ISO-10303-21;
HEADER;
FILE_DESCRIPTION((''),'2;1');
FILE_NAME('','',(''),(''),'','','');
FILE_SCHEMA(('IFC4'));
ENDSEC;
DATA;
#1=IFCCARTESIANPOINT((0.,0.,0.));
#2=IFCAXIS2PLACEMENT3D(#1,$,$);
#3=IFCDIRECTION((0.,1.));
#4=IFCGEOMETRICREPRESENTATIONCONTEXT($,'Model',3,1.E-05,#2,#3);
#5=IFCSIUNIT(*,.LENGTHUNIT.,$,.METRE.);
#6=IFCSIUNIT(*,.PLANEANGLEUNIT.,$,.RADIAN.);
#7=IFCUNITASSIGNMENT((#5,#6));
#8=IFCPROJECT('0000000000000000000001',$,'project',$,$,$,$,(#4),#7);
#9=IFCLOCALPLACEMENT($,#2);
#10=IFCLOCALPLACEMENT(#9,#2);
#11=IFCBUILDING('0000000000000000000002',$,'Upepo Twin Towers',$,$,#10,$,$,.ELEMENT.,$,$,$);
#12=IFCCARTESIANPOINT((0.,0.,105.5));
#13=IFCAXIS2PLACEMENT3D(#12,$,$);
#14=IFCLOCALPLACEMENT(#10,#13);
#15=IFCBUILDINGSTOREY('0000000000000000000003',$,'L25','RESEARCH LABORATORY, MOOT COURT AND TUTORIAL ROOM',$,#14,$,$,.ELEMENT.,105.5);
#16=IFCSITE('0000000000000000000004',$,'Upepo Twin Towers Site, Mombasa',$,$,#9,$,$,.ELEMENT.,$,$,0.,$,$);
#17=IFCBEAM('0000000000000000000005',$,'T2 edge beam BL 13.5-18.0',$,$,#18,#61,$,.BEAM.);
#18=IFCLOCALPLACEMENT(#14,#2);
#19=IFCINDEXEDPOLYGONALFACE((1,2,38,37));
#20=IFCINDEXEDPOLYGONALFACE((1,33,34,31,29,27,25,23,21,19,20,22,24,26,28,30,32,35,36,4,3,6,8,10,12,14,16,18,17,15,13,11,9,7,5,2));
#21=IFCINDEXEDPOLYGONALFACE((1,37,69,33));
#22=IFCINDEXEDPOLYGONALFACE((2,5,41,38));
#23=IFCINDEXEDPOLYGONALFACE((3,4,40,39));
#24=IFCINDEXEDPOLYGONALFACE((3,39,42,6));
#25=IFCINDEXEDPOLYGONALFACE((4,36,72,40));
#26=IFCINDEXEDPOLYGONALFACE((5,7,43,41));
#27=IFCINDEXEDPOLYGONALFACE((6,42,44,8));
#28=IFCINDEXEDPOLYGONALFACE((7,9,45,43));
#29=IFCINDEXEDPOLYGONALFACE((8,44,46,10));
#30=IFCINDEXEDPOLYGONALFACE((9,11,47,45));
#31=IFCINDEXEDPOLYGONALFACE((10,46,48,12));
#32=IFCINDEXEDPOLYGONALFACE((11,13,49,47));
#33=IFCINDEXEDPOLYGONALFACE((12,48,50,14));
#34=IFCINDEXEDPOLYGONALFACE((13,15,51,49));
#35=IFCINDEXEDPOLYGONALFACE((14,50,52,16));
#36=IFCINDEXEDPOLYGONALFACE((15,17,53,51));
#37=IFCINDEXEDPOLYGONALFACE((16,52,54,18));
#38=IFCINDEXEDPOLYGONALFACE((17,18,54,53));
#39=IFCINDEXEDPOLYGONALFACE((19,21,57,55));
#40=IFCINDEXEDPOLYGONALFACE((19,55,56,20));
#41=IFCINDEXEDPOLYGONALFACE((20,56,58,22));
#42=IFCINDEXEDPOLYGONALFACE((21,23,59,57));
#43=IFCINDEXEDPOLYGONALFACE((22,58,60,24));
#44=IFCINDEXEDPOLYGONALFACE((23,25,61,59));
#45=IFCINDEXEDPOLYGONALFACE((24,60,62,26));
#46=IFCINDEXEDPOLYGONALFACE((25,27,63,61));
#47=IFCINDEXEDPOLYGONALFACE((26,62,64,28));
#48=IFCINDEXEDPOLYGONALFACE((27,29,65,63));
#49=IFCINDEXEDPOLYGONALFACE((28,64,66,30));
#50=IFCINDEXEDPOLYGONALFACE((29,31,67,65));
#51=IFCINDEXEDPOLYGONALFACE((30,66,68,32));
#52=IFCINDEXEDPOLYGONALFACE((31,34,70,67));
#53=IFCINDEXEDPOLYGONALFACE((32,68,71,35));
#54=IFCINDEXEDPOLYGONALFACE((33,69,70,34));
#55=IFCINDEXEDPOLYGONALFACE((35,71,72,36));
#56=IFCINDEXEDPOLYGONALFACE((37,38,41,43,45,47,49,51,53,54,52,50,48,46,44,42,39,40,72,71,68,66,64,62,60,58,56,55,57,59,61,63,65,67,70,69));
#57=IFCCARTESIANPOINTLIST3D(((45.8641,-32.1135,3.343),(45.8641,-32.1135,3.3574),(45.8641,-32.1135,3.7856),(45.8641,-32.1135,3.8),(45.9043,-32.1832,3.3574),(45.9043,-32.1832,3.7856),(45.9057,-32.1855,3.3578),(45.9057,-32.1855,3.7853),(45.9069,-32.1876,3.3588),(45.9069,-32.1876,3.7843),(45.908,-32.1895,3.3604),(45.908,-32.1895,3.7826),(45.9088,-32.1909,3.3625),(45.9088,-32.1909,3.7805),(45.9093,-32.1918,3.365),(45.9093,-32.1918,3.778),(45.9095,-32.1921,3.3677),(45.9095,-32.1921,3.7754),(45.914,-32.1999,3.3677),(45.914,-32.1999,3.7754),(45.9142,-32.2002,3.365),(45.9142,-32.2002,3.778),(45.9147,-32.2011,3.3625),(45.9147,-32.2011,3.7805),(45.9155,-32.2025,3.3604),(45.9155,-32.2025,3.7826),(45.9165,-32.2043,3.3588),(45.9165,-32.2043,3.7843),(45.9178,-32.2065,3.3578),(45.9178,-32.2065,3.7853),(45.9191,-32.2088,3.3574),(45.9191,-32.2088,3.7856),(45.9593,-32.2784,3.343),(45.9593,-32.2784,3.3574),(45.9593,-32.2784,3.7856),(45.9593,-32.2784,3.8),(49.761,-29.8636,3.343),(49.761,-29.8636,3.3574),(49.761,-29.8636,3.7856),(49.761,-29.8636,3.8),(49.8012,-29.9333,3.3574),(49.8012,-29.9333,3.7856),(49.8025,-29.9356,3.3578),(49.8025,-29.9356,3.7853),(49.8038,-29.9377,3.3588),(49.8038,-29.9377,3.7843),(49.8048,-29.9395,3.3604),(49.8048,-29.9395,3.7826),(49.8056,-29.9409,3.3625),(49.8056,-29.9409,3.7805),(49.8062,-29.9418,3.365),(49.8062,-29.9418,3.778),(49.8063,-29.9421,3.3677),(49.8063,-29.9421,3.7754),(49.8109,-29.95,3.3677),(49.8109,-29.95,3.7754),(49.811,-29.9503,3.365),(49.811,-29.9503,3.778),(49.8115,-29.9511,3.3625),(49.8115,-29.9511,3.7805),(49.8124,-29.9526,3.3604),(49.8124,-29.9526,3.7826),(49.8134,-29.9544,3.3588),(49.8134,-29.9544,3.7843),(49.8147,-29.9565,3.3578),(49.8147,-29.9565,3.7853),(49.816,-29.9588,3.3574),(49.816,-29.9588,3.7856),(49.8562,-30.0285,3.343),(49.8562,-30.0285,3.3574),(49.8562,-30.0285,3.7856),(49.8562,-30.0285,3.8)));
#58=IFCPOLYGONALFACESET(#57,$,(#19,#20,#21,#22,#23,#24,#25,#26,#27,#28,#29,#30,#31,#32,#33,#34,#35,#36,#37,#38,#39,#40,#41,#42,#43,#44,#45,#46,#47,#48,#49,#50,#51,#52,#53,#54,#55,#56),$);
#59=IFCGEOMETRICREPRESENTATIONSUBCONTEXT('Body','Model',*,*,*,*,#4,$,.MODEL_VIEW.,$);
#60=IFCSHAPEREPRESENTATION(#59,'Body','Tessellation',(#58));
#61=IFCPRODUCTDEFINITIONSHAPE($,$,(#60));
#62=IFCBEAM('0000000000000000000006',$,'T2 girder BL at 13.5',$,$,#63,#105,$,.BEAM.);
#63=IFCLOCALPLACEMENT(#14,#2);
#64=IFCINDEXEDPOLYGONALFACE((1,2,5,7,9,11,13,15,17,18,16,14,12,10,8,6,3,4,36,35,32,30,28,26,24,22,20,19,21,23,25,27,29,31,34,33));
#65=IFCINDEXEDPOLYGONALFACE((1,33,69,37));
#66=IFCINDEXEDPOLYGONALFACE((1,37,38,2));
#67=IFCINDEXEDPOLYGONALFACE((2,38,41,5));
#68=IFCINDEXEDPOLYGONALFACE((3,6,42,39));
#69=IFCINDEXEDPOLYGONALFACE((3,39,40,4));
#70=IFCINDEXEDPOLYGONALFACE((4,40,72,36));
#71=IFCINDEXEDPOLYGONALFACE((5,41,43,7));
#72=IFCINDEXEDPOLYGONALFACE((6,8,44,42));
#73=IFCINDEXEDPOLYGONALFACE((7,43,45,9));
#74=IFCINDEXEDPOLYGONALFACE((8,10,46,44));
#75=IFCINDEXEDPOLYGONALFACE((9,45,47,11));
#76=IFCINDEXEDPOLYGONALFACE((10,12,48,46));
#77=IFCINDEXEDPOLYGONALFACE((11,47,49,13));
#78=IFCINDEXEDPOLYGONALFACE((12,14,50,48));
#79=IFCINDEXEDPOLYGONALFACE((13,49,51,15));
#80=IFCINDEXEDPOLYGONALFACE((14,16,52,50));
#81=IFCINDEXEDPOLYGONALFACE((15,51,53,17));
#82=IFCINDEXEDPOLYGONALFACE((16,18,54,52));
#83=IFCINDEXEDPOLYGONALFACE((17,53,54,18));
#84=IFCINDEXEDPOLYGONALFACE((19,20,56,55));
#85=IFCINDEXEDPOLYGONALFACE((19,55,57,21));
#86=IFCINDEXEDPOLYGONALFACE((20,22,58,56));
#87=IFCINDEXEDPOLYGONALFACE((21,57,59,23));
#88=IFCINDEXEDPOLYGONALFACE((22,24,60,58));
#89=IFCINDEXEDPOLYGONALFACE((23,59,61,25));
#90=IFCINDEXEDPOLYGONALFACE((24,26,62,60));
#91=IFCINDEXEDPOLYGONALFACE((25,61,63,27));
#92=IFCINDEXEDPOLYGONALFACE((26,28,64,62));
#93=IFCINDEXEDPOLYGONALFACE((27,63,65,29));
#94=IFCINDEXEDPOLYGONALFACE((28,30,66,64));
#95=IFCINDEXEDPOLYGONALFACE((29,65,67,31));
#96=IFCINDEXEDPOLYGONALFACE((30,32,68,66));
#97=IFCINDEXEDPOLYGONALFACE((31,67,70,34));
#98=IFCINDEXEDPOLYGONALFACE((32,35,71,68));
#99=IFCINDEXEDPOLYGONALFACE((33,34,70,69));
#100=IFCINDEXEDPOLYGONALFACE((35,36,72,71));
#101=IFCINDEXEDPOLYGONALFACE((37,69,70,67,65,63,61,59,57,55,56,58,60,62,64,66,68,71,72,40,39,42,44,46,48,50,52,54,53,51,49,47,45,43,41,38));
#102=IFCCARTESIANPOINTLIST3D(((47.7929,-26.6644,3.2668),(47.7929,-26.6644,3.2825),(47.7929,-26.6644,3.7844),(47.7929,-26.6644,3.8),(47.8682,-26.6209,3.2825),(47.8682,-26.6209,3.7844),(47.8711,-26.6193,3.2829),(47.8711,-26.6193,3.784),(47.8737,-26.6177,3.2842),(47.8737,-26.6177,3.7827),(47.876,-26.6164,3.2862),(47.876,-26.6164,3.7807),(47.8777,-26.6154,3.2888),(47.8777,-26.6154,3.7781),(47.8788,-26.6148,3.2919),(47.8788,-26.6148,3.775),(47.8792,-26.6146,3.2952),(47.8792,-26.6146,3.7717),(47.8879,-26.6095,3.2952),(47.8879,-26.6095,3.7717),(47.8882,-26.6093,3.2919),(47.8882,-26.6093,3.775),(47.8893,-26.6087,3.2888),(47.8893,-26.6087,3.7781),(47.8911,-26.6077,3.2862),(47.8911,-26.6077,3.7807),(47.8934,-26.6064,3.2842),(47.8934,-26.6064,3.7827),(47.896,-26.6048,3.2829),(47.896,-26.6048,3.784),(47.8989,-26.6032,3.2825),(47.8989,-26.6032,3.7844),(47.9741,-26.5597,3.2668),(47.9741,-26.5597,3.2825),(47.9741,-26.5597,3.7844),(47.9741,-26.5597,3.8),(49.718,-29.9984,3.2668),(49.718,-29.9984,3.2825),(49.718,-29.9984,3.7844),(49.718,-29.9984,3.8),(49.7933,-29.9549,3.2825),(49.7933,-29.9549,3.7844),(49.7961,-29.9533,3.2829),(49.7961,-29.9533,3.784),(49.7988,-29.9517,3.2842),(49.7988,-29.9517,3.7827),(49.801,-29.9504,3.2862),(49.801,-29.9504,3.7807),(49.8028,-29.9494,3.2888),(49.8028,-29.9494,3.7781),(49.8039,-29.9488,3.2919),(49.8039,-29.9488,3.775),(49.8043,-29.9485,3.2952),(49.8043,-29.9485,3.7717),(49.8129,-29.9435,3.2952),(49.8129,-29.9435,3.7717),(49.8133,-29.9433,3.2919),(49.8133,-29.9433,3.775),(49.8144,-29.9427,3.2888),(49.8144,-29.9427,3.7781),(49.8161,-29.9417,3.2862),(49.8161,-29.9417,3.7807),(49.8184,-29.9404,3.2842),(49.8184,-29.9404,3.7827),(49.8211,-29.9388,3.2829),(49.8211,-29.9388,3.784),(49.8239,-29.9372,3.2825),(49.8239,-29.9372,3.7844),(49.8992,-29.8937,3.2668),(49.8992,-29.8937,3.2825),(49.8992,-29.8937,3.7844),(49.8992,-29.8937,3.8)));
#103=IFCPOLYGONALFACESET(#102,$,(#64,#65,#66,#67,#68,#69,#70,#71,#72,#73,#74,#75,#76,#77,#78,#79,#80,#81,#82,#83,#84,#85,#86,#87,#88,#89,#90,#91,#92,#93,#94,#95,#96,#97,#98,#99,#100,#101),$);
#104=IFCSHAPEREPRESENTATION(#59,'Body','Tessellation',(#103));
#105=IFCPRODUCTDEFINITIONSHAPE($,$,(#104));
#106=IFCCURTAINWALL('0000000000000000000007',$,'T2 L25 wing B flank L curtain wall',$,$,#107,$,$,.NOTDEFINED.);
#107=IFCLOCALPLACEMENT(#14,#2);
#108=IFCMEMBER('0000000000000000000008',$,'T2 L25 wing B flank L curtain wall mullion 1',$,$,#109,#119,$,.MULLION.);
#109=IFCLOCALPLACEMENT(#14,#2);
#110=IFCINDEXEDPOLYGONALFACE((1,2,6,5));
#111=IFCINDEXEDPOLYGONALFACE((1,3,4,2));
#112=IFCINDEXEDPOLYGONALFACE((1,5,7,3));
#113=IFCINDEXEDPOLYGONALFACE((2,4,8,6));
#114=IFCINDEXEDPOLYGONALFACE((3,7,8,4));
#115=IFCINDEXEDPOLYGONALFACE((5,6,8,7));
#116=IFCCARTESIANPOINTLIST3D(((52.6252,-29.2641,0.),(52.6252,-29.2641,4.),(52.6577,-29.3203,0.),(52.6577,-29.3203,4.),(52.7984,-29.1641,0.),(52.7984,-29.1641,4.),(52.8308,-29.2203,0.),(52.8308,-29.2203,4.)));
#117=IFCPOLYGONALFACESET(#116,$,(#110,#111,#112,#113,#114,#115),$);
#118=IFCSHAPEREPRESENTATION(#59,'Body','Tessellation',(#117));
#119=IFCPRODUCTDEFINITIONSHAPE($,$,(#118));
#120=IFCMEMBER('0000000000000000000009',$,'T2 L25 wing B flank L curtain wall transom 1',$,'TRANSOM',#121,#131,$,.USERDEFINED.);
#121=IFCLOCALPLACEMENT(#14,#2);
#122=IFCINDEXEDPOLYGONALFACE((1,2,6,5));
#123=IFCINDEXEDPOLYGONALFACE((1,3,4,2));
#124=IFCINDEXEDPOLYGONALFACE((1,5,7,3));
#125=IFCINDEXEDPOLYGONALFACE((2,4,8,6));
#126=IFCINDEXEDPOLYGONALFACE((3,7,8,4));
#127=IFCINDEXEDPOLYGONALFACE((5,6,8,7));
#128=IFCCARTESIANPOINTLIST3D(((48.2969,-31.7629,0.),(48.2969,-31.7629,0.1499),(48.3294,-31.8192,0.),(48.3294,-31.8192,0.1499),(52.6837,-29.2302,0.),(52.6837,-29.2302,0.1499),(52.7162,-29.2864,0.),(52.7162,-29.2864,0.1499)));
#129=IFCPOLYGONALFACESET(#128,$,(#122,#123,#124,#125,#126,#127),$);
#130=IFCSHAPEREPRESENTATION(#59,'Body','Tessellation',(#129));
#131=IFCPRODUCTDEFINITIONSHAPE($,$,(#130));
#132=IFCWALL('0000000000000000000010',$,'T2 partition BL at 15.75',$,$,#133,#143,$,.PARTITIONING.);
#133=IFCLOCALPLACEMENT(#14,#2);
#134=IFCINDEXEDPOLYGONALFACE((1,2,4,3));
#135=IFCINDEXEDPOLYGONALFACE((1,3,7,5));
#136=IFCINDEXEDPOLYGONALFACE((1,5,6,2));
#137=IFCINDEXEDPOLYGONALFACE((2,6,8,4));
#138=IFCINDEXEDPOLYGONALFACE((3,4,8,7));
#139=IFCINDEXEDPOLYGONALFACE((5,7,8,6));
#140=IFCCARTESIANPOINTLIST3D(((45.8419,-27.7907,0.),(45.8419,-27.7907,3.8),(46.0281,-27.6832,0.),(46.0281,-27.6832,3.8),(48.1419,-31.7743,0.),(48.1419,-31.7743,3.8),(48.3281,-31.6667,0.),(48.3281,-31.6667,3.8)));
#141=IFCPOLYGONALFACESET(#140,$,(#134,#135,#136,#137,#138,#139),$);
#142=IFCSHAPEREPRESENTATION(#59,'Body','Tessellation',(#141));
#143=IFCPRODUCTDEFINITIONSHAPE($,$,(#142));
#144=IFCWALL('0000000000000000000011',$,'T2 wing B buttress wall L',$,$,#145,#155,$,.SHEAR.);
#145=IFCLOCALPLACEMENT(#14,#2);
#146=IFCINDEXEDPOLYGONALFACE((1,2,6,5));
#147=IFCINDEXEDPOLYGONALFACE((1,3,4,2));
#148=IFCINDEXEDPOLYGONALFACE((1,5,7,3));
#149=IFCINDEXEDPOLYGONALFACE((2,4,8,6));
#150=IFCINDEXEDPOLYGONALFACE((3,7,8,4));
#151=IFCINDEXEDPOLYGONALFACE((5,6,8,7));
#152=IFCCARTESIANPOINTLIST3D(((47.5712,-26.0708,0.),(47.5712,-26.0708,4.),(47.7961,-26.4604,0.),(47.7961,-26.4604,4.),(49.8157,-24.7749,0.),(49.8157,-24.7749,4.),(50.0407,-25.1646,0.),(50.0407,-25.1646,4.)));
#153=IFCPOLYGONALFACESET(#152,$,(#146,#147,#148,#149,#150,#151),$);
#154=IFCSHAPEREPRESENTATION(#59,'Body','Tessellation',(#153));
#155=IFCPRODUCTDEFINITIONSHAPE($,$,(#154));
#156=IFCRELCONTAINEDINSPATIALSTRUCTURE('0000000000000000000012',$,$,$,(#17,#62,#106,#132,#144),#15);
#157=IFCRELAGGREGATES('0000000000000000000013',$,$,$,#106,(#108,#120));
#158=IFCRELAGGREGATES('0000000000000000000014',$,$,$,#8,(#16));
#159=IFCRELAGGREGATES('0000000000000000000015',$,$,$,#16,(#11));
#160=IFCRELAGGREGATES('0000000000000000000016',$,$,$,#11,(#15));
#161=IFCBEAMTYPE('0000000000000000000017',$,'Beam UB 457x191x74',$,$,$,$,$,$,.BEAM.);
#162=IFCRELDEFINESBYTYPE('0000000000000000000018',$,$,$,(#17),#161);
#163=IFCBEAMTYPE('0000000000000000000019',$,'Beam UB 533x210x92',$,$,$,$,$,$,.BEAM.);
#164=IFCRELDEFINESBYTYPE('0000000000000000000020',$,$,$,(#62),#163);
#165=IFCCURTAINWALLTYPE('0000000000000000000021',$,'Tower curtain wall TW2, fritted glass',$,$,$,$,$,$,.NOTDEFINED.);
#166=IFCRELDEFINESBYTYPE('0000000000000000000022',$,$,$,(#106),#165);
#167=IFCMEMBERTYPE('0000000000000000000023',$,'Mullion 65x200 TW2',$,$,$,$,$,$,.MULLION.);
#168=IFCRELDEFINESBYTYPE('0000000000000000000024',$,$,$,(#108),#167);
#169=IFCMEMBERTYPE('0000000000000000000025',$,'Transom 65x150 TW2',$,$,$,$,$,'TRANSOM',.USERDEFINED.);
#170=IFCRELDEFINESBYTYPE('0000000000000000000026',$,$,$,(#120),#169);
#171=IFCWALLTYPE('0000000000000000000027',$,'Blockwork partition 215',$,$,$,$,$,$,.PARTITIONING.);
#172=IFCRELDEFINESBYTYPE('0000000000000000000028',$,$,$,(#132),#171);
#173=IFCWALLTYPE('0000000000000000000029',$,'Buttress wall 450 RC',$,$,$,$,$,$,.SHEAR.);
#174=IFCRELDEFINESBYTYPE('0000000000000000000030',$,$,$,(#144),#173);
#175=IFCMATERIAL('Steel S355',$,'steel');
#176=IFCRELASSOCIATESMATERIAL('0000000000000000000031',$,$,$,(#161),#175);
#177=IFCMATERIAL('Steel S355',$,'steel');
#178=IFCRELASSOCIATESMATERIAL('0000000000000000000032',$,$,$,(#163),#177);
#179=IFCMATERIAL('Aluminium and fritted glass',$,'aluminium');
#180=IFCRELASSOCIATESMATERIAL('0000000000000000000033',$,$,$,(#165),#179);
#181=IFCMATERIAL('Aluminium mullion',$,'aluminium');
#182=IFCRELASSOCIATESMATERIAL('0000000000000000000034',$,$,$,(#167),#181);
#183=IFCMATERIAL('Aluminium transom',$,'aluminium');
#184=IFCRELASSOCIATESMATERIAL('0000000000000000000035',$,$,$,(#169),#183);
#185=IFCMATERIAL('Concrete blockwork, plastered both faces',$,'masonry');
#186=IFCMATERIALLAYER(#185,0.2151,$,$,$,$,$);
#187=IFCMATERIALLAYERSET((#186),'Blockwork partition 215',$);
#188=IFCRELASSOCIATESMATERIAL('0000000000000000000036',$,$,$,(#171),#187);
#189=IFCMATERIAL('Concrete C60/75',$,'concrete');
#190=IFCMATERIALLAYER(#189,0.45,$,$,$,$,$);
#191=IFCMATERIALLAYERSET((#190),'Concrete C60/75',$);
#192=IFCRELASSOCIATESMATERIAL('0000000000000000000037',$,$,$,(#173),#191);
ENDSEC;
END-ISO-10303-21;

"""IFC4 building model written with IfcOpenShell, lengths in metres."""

from ifc_helpers import new_model, si_unit, direction, frame, frame_2d, origin, origin_2d, place, context, subcontext, project, spatial, rectangle, i_section, extrude, material, layer, layer_set, material_profile, profile_set, type_object, element, aggregate, save


model = new_model("IFC4")

# Units and contexts
model_context = context("Model", 3, precision=1e-05, world=origin(), true_north=direction((0.0, 1.0)))
body_context = subcontext(model_context, "Body", "Model", "MODEL_VIEW")
ifc_project = project(units=[si_unit("LENGTHUNIT", "METRE"), si_unit("PLANEANGLEUNIT", "RADIAN")], contexts=[model_context])

# Site, building, storey
site_placement = place(None, origin())
site = spatial("IfcSite", under=ifc_project, at=site_placement, Name="Upepo Twin Towers Site, Mombasa", CompositionType="ELEMENT", RefElevation=0.0)
building_placement = place(site_placement, origin())
building = spatial("IfcBuilding", under=site, at=building_placement, Name="Upepo Twin Towers", CompositionType="ELEMENT")
storey_placement = place(building_placement, frame((0.0, 0.0, 105.5)))
storey = spatial("IfcBuildingStorey", under=building, at=storey_placement, Name="L25", Description="RESEARCH LABORATORY, MOOT COURT AND TUTORIAL ROOM", CompositionType="ELEMENT", Elevation=105.5)

# Beams
ifc_material_1 = material(Name="Steel S355", Category="steel")
ifc_material_profile_1 = material_profile(ifc_material_1, i_section(OverallWidth=0.1904, OverallDepth=0.457, WebThickness=0.009, FlangeThickness=0.0144, FilletRadius=0.0103, at=origin_2d()), Name="UB 457x191x74")
ifc_profile_set_1 = profile_set([ifc_material_profile_1], Name="Steel S355")
beam_type_1 = type_object("IfcBeamType", Name="Beam UB 457x191x74", PredefinedType="BEAM", material=ifc_profile_set_1)
beam_1_placement = place(storey_placement, frame((49.8086, -29.946, 3.5715), z_axis=(-0.866018, -0.500014, 0.0), x_axis=(0.500014, -0.866018, 0.0)))
element("IfcBeam", 1, at=beam_1_placement, inside=storey, type_object=beam_type_1, Name="T2 edge beam BL 13.5-18.0", PredefinedType="BEAM", context=body_context, shape_type="SweptSolid", body=[
    extrude(i_section(OverallWidth=0.1904, OverallDepth=0.457, WebThickness=0.009, FlangeThickness=0.0144, FilletRadius=0.0103, at=origin_2d()), origin(), (0.0, 0.0, 1.0), 4.4998),
])
ifc_material_2 = material(Name="Steel S355", Category="steel")
ifc_material_profile_2 = material_profile(ifc_material_2, i_section(OverallWidth=0.2092, OverallDepth=0.5332, WebThickness=0.01, FlangeThickness=0.0156, FilletRadius=0.0127, at=origin_2d()), Name="UB 533x210x92")
ifc_profile_set_2 = profile_set([ifc_material_profile_2], Name="Steel S355")
beam_type_2 = type_object("IfcBeamType", Name="Beam UB 533x210x92", PredefinedType="BEAM", material=ifc_profile_set_2)
beam_2_placement = place(storey_placement, frame((49.8086, -29.946, 3.5334), z_axis=(-0.500034, 0.866006, 0.0), x_axis=(-0.866006, -0.500034, 0.0)))
element("IfcBeam", 2, at=beam_2_placement, inside=storey, type_object=beam_type_2, Name="T2 girder BL at 13.5", PredefinedType="BEAM", context=body_context, shape_type="SweptSolid", body=[
    extrude(i_section(OverallWidth=0.2092, OverallDepth=0.5332, WebThickness=0.01, FlangeThickness=0.0156, FilletRadius=0.0127, at=origin_2d()), origin(), (0.0, 0.0, 1.0), 3.8499),
])

# Curtain wall, members
ifc_material_3 = material(Name="Aluminium and fritted glass", Category="aluminium")
curtain_wall_type = type_object("IfcCurtainWallType", Name="Tower curtain wall TW2, fritted glass", PredefinedType="NOTDEFINED", material=ifc_material_3)
curtain_wall_placement = place(storey_placement, origin())
curtain_wall = element("IfcCurtainWall", 3, at=curtain_wall_placement, inside=storey, type_object=curtain_wall_type, Name="T2 L25 wing B flank L curtain wall", PredefinedType="NOTDEFINED")
ifc_material_4 = material(Name="Aluminium mullion", Category="aluminium")
ifc_material_profile_3 = material_profile(ifc_material_4, rectangle(XDim=0.0649, YDim=0.2, at=origin_2d()), Name="MULLION 65x200")
ifc_profile_set_3 = profile_set([ifc_material_profile_3], Name="Aluminium mullion")
member_type_1 = type_object("IfcMemberType", Name="Mullion 65x200 TW2", PredefinedType="MULLION", material=ifc_profile_set_3)
member_1_placement = place(storey_placement, frame((52.728, -29.2422, 0.0), z_axis=(0.0, 0.0, 1.0), x_axis=(0.5, -0.866025, 0.0)))
member_1 = element("IfcMember", 4, at=member_1_placement, type_object=member_type_1, Name="T2 L25 wing B flank L curtain wall mullion 1", PredefinedType="MULLION", context=body_context, shape_type="SweptSolid", body=[
    extrude(rectangle(XDim=0.0649, YDim=0.2, at=origin_2d()), origin(), (0.0, 0.0, 1.0), 4.0),
])
ifc_material_5 = material(Name="Aluminium transom", Category="aluminium")
ifc_material_profile_4 = material_profile(ifc_material_5, rectangle(XDim=0.0649, YDim=0.1499, at=origin_2d()), Name="TRANSOM 65x150")
ifc_profile_set_4 = profile_set([ifc_material_profile_4], Name="Aluminium transom")
member_type_2 = type_object("IfcMemberType", Name="Transom 65x150 TW2", ElementType="TRANSOM", PredefinedType="USERDEFINED", material=ifc_profile_set_4)
member_2_placement = place(storey_placement, frame((52.7, -29.2583, 0.075), z_axis=(-0.866022, -0.500006, 0.0), x_axis=(0.500006, -0.866022, 0.0)))
member_2 = element("IfcMember", 5, at=member_2_placement, type_object=member_type_2, Name="T2 L25 wing B flank L curtain wall transom 1", ObjectType="TRANSOM", PredefinedType="USERDEFINED", context=body_context, shape_type="SweptSolid", body=[
    extrude(rectangle(XDim=0.0649, YDim=0.1499, at=origin_2d()), origin(), (0.0, 0.0, 1.0), 5.0654),
])
aggregate(curtain_wall, [member_1, member_2])

# Walls
ifc_material_6 = material(Name="Concrete blockwork, plastered both faces", Category="masonry")
ifc_layer_1 = layer(ifc_material_6, 0.2151)
ifc_layer_set_1 = layer_set([ifc_layer_1], Name="Blockwork partition 215")
wall_type_1 = type_object("IfcWallType", Name="Blockwork partition 215", PredefinedType="PARTITIONING", material=ifc_layer_set_1)
wall_1_placement = place(storey_placement, frame((45.9351, -27.7371, 0.0), z_axis=(0.0, 0.0, 1.0), x_axis=(0.500015, -0.866017, 0.0)))
element("IfcWall", 6, at=wall_1_placement, inside=storey, type_object=wall_type_1, Name="T2 partition BL at 15.75", PredefinedType="PARTITIONING", context=body_context, shape_type="SweptSolid", body=[
    extrude(rectangle(XDim=4.5999, YDim=0.2151, at=frame_2d((2.2998, 0.0))), origin(), (0.0, 0.0, 1.0), 3.8),
])
ifc_material_7 = material(Name="Concrete C60/75", Category="concrete")
ifc_layer_2 = layer(ifc_material_7, 0.45)
ifc_layer_set_2 = layer_set([ifc_layer_2], Name="Concrete C60/75")
wall_type_2 = type_object("IfcWallType", Name="Buttress wall 450 RC", PredefinedType="SHEAR", material=ifc_layer_set_2)
wall_2_placement = place(storey_placement, frame((49.9282, -24.9697, 0.0), z_axis=(0.0, 0.0, 1.0), x_axis=(-0.866032, -0.499989, 0.0)))
element("IfcWall", 7, at=wall_2_placement, inside=storey, type_object=wall_type_2, Name="T2 wing B buttress wall L", PredefinedType="SHEAR", context=body_context, shape_type="SweptSolid", body=[
    extrude(rectangle(XDim=2.5918, YDim=0.45, at=frame_2d((1.2959, 0.0))), origin(), (0.0, 0.0, 1.0), 4.0),
])

save(model, "model.ifc")
